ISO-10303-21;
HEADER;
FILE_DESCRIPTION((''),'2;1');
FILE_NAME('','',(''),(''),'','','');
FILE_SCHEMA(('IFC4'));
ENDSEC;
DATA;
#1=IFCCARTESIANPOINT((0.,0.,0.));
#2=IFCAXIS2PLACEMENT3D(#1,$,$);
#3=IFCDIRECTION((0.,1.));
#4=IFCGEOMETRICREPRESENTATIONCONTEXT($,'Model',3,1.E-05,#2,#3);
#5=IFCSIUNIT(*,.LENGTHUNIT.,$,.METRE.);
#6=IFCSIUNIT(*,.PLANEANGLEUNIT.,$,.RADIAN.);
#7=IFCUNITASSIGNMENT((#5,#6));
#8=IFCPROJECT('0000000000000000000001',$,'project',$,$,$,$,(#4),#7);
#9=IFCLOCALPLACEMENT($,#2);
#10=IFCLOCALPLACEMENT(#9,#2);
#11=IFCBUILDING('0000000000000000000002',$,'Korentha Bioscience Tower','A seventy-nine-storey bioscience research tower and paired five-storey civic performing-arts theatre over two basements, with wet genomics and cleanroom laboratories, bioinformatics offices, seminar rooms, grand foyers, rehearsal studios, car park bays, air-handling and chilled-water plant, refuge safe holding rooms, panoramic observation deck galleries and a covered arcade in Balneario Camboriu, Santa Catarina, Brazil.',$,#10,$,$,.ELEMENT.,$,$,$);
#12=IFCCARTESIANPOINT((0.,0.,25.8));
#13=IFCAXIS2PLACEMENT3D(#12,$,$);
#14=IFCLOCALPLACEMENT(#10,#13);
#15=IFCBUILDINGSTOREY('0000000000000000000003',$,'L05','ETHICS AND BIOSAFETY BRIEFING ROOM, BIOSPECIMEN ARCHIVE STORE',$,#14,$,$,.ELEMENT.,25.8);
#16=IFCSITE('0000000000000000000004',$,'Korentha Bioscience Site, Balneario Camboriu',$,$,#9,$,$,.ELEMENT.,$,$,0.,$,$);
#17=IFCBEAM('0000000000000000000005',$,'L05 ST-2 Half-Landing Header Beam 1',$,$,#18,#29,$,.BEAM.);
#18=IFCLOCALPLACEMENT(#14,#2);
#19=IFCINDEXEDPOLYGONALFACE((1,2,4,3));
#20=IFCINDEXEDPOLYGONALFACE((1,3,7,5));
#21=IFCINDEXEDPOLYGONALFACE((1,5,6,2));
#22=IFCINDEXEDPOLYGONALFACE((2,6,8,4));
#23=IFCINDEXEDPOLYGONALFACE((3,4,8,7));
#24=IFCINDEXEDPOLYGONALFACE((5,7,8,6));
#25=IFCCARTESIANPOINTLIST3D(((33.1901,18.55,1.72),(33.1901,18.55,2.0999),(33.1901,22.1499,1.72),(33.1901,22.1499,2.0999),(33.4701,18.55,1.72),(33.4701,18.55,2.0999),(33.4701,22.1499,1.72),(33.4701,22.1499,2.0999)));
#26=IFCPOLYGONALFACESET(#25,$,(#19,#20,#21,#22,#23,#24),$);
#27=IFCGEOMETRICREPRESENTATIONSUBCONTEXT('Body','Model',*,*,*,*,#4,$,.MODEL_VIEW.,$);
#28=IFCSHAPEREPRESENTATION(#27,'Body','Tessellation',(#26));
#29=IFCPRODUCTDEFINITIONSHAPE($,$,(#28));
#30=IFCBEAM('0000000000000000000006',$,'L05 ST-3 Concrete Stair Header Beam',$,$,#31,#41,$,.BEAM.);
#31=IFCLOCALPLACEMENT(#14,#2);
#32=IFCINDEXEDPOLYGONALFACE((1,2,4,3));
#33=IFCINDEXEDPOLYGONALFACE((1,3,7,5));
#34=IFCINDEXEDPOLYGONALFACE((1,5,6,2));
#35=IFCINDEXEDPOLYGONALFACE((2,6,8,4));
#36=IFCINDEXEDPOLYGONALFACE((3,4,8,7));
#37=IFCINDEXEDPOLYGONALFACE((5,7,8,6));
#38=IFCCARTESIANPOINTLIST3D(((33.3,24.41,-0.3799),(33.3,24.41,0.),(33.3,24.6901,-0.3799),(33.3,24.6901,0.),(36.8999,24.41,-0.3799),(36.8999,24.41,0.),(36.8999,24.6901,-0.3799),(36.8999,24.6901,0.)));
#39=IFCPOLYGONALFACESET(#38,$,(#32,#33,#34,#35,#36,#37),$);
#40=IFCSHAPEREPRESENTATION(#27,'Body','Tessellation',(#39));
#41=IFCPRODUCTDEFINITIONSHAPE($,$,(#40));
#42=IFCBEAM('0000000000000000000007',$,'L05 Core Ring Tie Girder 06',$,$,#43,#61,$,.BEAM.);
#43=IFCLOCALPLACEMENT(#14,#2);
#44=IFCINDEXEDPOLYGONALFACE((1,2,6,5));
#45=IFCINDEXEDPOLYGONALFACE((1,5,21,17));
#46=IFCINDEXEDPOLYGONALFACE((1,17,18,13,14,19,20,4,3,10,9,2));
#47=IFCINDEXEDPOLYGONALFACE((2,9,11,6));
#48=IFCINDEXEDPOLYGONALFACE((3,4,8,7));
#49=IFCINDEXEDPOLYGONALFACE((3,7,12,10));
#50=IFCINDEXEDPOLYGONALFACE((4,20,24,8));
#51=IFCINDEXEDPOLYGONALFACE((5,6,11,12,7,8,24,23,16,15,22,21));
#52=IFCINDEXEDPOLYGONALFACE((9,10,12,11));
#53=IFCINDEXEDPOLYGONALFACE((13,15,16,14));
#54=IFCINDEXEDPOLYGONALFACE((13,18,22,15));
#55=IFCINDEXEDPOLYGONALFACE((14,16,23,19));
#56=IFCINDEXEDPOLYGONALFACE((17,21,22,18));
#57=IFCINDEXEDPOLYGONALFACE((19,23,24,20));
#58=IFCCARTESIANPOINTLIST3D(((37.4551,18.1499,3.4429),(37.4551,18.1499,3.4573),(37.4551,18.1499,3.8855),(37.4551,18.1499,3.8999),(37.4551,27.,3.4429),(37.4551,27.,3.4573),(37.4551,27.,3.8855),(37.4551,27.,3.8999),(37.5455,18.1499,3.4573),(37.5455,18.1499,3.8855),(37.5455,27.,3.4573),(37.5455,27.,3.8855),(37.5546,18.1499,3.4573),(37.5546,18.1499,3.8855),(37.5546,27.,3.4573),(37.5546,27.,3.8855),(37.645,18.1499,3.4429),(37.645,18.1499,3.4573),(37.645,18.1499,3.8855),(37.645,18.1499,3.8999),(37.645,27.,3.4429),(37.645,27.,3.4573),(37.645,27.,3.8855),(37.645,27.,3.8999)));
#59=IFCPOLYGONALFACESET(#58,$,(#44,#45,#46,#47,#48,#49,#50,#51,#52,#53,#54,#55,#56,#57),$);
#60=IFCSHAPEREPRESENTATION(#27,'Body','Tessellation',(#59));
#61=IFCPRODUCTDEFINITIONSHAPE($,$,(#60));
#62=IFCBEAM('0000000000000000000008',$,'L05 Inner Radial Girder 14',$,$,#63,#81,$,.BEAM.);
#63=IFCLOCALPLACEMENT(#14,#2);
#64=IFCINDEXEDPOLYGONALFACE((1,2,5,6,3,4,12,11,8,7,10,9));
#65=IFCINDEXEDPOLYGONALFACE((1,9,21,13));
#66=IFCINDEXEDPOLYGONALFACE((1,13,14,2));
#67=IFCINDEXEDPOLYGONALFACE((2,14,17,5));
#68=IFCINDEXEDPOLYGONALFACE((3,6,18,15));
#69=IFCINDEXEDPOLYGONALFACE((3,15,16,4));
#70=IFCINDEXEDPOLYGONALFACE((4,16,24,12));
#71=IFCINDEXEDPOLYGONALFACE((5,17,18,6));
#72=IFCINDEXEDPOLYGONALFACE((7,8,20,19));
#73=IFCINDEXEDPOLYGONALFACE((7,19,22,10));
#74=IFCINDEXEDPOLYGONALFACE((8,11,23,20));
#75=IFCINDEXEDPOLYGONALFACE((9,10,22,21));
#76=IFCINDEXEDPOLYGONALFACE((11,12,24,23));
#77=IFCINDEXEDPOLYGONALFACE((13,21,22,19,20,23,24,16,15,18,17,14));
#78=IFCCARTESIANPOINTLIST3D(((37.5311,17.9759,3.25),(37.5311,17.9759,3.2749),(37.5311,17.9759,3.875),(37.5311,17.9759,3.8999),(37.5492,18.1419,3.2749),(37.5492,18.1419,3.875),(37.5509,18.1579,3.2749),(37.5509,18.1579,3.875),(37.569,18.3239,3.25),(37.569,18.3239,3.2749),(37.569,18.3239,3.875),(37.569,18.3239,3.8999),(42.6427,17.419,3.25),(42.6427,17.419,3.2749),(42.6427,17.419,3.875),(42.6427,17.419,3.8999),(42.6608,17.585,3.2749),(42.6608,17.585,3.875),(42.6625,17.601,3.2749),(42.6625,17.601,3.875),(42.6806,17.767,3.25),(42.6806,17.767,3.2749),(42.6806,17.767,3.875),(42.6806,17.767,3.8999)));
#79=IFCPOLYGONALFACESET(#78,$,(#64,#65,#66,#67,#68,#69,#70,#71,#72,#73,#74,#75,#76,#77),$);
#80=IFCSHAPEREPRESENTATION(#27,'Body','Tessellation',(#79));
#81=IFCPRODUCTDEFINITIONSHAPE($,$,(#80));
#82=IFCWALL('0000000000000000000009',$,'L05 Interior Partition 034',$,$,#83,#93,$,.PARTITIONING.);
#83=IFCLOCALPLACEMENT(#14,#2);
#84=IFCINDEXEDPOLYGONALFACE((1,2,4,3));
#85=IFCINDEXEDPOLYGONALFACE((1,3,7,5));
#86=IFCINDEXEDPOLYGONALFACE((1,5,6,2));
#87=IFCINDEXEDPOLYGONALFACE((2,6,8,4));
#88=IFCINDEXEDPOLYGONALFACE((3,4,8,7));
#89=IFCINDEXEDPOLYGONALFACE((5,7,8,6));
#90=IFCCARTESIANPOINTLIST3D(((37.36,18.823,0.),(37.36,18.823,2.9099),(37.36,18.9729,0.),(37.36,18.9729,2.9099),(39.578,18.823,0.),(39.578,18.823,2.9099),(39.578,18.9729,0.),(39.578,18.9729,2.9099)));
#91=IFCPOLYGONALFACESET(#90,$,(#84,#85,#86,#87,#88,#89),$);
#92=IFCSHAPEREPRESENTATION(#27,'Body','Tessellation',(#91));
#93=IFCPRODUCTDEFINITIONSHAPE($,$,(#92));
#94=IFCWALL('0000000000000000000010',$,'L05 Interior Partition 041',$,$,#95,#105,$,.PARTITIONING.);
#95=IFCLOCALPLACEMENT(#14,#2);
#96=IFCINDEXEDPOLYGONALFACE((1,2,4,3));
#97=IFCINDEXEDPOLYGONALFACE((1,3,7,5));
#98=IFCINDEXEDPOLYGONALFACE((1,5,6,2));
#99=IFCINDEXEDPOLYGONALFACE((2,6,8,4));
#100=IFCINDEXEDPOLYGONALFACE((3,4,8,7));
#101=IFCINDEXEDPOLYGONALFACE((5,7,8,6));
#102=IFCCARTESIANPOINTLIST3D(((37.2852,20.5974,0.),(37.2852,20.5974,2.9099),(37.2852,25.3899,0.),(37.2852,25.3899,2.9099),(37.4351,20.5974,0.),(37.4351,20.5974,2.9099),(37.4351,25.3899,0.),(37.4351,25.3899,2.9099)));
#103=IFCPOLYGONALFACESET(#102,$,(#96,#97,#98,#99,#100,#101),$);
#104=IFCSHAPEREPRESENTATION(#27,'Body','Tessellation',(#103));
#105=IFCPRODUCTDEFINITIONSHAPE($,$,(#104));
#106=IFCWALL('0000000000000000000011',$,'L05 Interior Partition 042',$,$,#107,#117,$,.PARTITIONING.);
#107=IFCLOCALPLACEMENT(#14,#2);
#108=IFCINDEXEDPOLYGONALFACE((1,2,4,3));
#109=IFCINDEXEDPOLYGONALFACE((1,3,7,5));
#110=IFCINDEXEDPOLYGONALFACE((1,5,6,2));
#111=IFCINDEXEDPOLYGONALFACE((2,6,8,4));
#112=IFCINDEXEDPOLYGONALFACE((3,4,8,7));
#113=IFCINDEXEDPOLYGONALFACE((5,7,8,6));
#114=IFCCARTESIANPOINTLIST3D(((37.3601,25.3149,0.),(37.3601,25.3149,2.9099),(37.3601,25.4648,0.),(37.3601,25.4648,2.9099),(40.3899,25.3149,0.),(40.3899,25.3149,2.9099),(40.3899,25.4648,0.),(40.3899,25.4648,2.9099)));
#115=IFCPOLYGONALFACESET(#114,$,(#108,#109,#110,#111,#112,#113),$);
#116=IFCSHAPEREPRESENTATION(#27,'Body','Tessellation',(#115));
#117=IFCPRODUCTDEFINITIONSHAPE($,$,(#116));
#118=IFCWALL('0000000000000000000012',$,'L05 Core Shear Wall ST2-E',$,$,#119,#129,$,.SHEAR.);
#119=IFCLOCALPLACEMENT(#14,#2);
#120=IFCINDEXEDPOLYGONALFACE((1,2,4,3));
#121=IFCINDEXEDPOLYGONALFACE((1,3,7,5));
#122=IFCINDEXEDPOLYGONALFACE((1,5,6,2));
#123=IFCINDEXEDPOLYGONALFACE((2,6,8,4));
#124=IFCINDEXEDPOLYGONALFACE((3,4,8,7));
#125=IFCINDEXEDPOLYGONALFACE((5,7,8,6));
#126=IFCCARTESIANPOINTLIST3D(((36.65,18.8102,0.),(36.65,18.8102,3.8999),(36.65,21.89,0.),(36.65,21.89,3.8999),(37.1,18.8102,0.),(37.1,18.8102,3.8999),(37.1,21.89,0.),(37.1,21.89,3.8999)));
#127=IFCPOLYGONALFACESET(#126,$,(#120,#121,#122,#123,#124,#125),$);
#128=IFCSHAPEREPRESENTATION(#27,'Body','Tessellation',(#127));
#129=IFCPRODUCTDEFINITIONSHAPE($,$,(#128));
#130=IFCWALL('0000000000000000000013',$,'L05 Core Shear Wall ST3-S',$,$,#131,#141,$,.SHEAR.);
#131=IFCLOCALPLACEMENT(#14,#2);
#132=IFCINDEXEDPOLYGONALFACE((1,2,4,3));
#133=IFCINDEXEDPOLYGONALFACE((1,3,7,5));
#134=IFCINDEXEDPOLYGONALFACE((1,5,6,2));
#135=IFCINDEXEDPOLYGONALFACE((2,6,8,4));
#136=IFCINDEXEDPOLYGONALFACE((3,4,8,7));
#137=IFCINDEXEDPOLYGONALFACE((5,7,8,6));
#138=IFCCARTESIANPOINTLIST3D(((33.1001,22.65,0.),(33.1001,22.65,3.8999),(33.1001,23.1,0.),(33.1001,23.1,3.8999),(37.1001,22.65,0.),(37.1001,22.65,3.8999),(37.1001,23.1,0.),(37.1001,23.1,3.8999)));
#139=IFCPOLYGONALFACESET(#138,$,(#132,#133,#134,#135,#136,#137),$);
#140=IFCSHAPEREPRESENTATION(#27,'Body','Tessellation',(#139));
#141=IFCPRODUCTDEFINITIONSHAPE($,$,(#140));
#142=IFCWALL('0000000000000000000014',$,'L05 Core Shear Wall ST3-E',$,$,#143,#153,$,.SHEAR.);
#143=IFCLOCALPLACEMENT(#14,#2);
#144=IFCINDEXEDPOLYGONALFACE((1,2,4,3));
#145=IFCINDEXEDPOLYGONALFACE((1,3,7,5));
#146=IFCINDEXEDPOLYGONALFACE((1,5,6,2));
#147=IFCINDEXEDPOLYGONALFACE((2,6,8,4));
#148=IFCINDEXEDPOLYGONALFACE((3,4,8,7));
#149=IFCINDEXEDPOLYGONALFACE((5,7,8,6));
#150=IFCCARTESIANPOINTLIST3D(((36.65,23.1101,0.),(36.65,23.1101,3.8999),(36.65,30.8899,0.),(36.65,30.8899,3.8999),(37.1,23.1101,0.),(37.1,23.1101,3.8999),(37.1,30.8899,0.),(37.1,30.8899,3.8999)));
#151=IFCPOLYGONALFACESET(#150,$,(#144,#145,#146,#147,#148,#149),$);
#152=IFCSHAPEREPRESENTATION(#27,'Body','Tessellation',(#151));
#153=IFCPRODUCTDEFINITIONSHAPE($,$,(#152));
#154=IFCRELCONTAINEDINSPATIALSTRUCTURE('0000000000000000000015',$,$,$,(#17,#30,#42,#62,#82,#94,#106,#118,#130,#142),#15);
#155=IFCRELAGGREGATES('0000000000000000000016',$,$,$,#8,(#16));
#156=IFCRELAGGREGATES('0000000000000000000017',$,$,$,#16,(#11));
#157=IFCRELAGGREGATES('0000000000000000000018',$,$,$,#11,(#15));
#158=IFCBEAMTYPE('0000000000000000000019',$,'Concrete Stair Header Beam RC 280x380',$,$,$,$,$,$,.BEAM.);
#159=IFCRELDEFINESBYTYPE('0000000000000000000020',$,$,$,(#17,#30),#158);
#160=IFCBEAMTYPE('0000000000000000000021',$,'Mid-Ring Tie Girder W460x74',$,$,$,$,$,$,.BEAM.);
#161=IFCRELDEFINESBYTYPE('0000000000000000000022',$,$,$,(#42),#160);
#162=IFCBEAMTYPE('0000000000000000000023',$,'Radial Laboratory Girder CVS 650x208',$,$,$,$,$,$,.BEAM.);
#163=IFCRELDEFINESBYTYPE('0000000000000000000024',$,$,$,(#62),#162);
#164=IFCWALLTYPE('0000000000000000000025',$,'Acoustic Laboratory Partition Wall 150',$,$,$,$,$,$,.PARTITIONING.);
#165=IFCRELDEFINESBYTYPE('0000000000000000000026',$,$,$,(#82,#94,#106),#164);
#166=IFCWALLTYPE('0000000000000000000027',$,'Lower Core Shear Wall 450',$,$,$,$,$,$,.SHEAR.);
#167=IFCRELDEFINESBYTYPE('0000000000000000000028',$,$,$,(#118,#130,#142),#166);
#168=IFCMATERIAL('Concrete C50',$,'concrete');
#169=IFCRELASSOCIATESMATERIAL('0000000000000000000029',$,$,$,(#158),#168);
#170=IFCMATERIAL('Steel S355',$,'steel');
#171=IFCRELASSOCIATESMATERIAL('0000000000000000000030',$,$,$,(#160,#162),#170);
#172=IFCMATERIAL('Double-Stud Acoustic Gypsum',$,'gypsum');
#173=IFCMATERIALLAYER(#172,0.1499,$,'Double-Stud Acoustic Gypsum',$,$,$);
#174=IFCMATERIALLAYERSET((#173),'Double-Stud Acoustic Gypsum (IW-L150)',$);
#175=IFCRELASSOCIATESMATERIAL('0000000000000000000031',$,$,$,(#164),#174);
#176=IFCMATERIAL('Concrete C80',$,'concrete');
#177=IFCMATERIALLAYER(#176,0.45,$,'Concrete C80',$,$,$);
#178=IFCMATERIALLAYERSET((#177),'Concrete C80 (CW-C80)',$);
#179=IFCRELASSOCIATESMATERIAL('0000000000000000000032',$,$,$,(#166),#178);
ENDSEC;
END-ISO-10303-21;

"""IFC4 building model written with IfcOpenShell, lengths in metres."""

from ifc_helpers import new_model, si_unit, direction, frame, frame_2d, origin, origin_2d, place, context, subcontext, project, spatial, rectangle, i_section, extrude, material, layer, layer_set, material_profile, profile_set, type_object, element, save


model = new_model("IFC4")

# Units and contexts
model_context = context("Model", 3, precision=1e-05, world=origin(), true_north=direction((0.0, 1.0)))
body_context = subcontext(model_context, "Body", "Model", "MODEL_VIEW")
ifc_project = project(units=[si_unit("LENGTHUNIT", "METRE"), si_unit("PLANEANGLEUNIT", "RADIAN")], contexts=[model_context])

# Site, building, storey
site_placement = place(None, origin())
site = spatial("IfcSite", under=ifc_project, at=site_placement, Name="Korentha Bioscience Site, Balneario Camboriu", CompositionType="ELEMENT", RefElevation=0.0)
building_placement = place(site_placement, origin())
building = spatial("IfcBuilding", under=site, at=building_placement, Name="Korentha Bioscience Tower", Description="A seventy-nine-storey bioscience research tower and paired five-storey civic performing-arts theatre over two basements, with wet genomics and cleanroom laboratories, bioinformatics offices, seminar rooms, grand foyers, rehearsal studios, car park bays, air-handling and chilled-water plant, refuge safe holding rooms, panoramic observation deck galleries and a covered arcade in Balneario Camboriu, Santa Catarina, Brazil.", CompositionType="ELEMENT")
storey_placement = place(building_placement, frame((0.0, 0.0, 25.8)))
storey = spatial("IfcBuildingStorey", under=building, at=storey_placement, Name="L05", Description="ETHICS AND BIOSAFETY BRIEFING ROOM, BIOSPECIMEN ARCHIVE STORE", CompositionType="ELEMENT", Elevation=25.8)

# Beams
ifc_material_1 = material(Name="Concrete C50", Category="concrete")
ifc_material_profile_1 = material_profile(ifc_material_1, rectangle(XDim=0.28, YDim=0.3799, at=origin_2d()), Name="Concrete C50")
ifc_profile_set_1 = profile_set([ifc_material_profile_1], Name="Concrete C50 (ST-HB380)")
beam_type_1 = type_object("IfcBeamType", Name="Concrete Stair Header Beam RC 280x380", PredefinedType="BEAM", material=ifc_profile_set_1)
for number, where, z_axis, x_axis, name in (
    (1, (33.3301, 18.55, 1.9099), (0.0, 1.0, 0.0), (-1.0, 0.0, 0.0), "L05 ST-2 Half-Landing Header Beam 1"),
    (2, (36.8999, 24.55, -0.1899), (-1.0, 0.0, 0.0), (0.0, -1.0, 0.0), "L05 ST-3 Concrete Stair Header Beam"),
):
    element("IfcBeam", number, at=place(storey_placement, frame(where, z_axis=z_axis, x_axis=x_axis)), inside=storey, type_object=beam_type_1, Name=name, PredefinedType="BEAM", context=body_context, shape_type="SweptSolid", body=[
        extrude(rectangle(XDim=0.28, YDim=0.3799, at=origin_2d()), origin(), (0.0, 0.0, 1.0), 3.5999),
    ])
ifc_material_2 = material(Name="Steel S355", Category="steel")
ifc_material_profile_2 = material_profile(ifc_material_2, i_section(OverallWidth=0.1899, OverallDepth=0.457, WebThickness=0.009, FlangeThickness=0.0144, at=origin_2d()), Name="Steel S355")
ifc_profile_set_2 = profile_set([ifc_material_profile_2], Name="Steel S355 (MB-460)")
beam_type_2 = type_object("IfcBeamType", Name="Mid-Ring Tie Girder W460x74", PredefinedType="BEAM", material=ifc_profile_set_2)
beam_1_placement = place(storey_placement, frame((37.55, 18.1499, 3.6714), z_axis=(0.0, 1.0, 0.0), x_axis=(-1.0, 0.0, 0.0)))
element("IfcBeam", 3, at=beam_1_placement, inside=storey, type_object=beam_type_2, Name="L05 Core Ring Tie Girder 06", PredefinedType="BEAM", context=body_context, shape_type="SweptSolid", body=[
    extrude(i_section(OverallWidth=0.1899, OverallDepth=0.457, WebThickness=0.009, FlangeThickness=0.0144, at=origin_2d()), origin(), (0.0, 0.0, 1.0), 8.8501),
])
ifc_material_profile_3 = material_profile(ifc_material_2, i_section(OverallWidth=0.3501, OverallDepth=0.6499, WebThickness=0.0161, FlangeThickness=0.0249, at=origin_2d()), Name="Steel S355")
ifc_profile_set_3 = profile_set([ifc_material_profile_3], Name="Steel S355 (RB-650)")
beam_type_3 = type_object("IfcBeamType", Name="Radial Laboratory Girder CVS 650x208", PredefinedType="BEAM", material=ifc_profile_set_3)
beam_2_placement = place(storey_placement, frame((37.55, 18.1499, 3.575), z_axis=(0.994118, -0.108305, 0.0), x_axis=(0.108305, 0.994118, 0.0)))
element("IfcBeam", 4, at=beam_2_placement, inside=storey, type_object=beam_type_3, Name="L05 Inner Radial Girder 14", PredefinedType="BEAM", context=body_context, shape_type="SweptSolid", body=[
    extrude(i_section(OverallWidth=0.3501, OverallDepth=0.6499, WebThickness=0.0161, FlangeThickness=0.0249, at=origin_2d()), origin(), (0.0, 0.0, 1.0), 5.1418),
])

# Walls
ifc_material_3 = material(Name="Double-Stud Acoustic Gypsum", Category="gypsum")
ifc_layer_1 = layer(ifc_material_3, 0.1499, Name="Double-Stud Acoustic Gypsum")
ifc_layer_set_1 = layer_set([ifc_layer_1], Name="Double-Stud Acoustic Gypsum (IW-L150)")
wall_type_1 = type_object("IfcWallType", Name="Acoustic Laboratory Partition Wall 150", PredefinedType="PARTITIONING", material=ifc_layer_set_1)
wall_1_placement = place(storey_placement, frame((37.3601, 18.8979, 0.0), z_axis=(0.0, 0.0, 1.0), x_axis=(1.0, 0.0, 0.0)))
element("IfcWall", 5, at=wall_1_placement, inside=storey, type_object=wall_type_1, Name="L05 Interior Partition 034", PredefinedType="PARTITIONING", context=body_context, shape_type="SweptSolid", body=[
    extrude(rectangle(XDim=2.218, YDim=0.1499, at=frame_2d((1.1089, 0.0))), origin(), (0.0, 0.0, 1.0), 2.9099),
])
wall_2_placement = place(storey_placement, frame((37.3601, 20.5974, 0.0), z_axis=(0.0, 0.0, 1.0), x_axis=(0.0, 1.0, 0.0)))
element("IfcWall", 6, at=wall_2_placement, inside=storey, type_object=wall_type_1, Name="L05 Interior Partition 041", PredefinedType="PARTITIONING", context=body_context, shape_type="SweptSolid", body=[
    extrude(rectangle(XDim=4.7925, YDim=0.1499, at=frame_2d((2.3962, 0.0))), origin(), (0.0, 0.0, 1.0), 2.9099),
])
wall_3_placement = place(storey_placement, frame((37.3601, 25.3899, 0.0), z_axis=(0.0, 0.0, 1.0), x_axis=(1.0, 0.0, 0.0)))
element("IfcWall", 7, at=wall_3_placement, inside=storey, type_object=wall_type_1, Name="L05 Interior Partition 042", PredefinedType="PARTITIONING", context=body_context, shape_type="SweptSolid", body=[
    extrude(rectangle(XDim=3.0298, YDim=0.1499, at=frame_2d((1.5149, 0.0))), origin(), (0.0, 0.0, 1.0), 2.9099),
])
ifc_material_4 = material(Name="Concrete C80", Category="concrete")
ifc_layer_2 = layer(ifc_material_4, 0.45, Name="Concrete C80")
ifc_layer_set_2 = layer_set([ifc_layer_2], Name="Concrete C80 (CW-C80)")
wall_type_2 = type_object("IfcWallType", Name="Lower Core Shear Wall 450", PredefinedType="SHEAR", material=ifc_layer_set_2)
wall_4_placement = place(storey_placement, frame((36.875, 18.8101, 0.0), z_axis=(0.0, 0.0, 1.0), x_axis=(0.0, 1.0, 0.0)))
element("IfcWall", 8, at=wall_4_placement, inside=storey, type_object=wall_type_2, Name="L05 Core Shear Wall ST2-E", PredefinedType="SHEAR", context=body_context, shape_type="SweptSolid", body=[
    extrude(rectangle(XDim=3.0798, YDim=0.45, at=frame_2d((1.54, 0.0))), origin(), (0.0, 0.0, 1.0), 3.8999),
])
wall_5_placement = place(storey_placement, frame((33.1001, 22.875, 0.0), z_axis=(0.0, 0.0, 1.0), x_axis=(1.0, 0.0, 0.0)))
element("IfcWall", 9, at=wall_5_placement, inside=storey, type_object=wall_type_2, Name="L05 Core Shear Wall ST3-S", PredefinedType="SHEAR", context=body_context, shape_type="SweptSolid", body=[
    extrude(rectangle(XDim=4.0, YDim=0.45, at=frame_2d((2.0, 0.0))), origin(), (0.0, 0.0, 1.0), 3.8999),
])
wall_6_placement = place(storey_placement, frame((36.875, 23.1101, 0.0), z_axis=(0.0, 0.0, 1.0), x_axis=(0.0, 1.0, 0.0)))
element("IfcWall", 10, at=wall_6_placement, inside=storey, type_object=wall_type_2, Name="L05 Core Shear Wall ST3-E", PredefinedType="SHEAR", context=body_context, shape_type="SweptSolid", body=[
    extrude(rectangle(XDim=7.7798, YDim=0.45, at=frame_2d((3.8899, 0.0))), origin(), (0.0, 0.0, 1.0), 3.8999),
])

save(model, "model.ifc")
